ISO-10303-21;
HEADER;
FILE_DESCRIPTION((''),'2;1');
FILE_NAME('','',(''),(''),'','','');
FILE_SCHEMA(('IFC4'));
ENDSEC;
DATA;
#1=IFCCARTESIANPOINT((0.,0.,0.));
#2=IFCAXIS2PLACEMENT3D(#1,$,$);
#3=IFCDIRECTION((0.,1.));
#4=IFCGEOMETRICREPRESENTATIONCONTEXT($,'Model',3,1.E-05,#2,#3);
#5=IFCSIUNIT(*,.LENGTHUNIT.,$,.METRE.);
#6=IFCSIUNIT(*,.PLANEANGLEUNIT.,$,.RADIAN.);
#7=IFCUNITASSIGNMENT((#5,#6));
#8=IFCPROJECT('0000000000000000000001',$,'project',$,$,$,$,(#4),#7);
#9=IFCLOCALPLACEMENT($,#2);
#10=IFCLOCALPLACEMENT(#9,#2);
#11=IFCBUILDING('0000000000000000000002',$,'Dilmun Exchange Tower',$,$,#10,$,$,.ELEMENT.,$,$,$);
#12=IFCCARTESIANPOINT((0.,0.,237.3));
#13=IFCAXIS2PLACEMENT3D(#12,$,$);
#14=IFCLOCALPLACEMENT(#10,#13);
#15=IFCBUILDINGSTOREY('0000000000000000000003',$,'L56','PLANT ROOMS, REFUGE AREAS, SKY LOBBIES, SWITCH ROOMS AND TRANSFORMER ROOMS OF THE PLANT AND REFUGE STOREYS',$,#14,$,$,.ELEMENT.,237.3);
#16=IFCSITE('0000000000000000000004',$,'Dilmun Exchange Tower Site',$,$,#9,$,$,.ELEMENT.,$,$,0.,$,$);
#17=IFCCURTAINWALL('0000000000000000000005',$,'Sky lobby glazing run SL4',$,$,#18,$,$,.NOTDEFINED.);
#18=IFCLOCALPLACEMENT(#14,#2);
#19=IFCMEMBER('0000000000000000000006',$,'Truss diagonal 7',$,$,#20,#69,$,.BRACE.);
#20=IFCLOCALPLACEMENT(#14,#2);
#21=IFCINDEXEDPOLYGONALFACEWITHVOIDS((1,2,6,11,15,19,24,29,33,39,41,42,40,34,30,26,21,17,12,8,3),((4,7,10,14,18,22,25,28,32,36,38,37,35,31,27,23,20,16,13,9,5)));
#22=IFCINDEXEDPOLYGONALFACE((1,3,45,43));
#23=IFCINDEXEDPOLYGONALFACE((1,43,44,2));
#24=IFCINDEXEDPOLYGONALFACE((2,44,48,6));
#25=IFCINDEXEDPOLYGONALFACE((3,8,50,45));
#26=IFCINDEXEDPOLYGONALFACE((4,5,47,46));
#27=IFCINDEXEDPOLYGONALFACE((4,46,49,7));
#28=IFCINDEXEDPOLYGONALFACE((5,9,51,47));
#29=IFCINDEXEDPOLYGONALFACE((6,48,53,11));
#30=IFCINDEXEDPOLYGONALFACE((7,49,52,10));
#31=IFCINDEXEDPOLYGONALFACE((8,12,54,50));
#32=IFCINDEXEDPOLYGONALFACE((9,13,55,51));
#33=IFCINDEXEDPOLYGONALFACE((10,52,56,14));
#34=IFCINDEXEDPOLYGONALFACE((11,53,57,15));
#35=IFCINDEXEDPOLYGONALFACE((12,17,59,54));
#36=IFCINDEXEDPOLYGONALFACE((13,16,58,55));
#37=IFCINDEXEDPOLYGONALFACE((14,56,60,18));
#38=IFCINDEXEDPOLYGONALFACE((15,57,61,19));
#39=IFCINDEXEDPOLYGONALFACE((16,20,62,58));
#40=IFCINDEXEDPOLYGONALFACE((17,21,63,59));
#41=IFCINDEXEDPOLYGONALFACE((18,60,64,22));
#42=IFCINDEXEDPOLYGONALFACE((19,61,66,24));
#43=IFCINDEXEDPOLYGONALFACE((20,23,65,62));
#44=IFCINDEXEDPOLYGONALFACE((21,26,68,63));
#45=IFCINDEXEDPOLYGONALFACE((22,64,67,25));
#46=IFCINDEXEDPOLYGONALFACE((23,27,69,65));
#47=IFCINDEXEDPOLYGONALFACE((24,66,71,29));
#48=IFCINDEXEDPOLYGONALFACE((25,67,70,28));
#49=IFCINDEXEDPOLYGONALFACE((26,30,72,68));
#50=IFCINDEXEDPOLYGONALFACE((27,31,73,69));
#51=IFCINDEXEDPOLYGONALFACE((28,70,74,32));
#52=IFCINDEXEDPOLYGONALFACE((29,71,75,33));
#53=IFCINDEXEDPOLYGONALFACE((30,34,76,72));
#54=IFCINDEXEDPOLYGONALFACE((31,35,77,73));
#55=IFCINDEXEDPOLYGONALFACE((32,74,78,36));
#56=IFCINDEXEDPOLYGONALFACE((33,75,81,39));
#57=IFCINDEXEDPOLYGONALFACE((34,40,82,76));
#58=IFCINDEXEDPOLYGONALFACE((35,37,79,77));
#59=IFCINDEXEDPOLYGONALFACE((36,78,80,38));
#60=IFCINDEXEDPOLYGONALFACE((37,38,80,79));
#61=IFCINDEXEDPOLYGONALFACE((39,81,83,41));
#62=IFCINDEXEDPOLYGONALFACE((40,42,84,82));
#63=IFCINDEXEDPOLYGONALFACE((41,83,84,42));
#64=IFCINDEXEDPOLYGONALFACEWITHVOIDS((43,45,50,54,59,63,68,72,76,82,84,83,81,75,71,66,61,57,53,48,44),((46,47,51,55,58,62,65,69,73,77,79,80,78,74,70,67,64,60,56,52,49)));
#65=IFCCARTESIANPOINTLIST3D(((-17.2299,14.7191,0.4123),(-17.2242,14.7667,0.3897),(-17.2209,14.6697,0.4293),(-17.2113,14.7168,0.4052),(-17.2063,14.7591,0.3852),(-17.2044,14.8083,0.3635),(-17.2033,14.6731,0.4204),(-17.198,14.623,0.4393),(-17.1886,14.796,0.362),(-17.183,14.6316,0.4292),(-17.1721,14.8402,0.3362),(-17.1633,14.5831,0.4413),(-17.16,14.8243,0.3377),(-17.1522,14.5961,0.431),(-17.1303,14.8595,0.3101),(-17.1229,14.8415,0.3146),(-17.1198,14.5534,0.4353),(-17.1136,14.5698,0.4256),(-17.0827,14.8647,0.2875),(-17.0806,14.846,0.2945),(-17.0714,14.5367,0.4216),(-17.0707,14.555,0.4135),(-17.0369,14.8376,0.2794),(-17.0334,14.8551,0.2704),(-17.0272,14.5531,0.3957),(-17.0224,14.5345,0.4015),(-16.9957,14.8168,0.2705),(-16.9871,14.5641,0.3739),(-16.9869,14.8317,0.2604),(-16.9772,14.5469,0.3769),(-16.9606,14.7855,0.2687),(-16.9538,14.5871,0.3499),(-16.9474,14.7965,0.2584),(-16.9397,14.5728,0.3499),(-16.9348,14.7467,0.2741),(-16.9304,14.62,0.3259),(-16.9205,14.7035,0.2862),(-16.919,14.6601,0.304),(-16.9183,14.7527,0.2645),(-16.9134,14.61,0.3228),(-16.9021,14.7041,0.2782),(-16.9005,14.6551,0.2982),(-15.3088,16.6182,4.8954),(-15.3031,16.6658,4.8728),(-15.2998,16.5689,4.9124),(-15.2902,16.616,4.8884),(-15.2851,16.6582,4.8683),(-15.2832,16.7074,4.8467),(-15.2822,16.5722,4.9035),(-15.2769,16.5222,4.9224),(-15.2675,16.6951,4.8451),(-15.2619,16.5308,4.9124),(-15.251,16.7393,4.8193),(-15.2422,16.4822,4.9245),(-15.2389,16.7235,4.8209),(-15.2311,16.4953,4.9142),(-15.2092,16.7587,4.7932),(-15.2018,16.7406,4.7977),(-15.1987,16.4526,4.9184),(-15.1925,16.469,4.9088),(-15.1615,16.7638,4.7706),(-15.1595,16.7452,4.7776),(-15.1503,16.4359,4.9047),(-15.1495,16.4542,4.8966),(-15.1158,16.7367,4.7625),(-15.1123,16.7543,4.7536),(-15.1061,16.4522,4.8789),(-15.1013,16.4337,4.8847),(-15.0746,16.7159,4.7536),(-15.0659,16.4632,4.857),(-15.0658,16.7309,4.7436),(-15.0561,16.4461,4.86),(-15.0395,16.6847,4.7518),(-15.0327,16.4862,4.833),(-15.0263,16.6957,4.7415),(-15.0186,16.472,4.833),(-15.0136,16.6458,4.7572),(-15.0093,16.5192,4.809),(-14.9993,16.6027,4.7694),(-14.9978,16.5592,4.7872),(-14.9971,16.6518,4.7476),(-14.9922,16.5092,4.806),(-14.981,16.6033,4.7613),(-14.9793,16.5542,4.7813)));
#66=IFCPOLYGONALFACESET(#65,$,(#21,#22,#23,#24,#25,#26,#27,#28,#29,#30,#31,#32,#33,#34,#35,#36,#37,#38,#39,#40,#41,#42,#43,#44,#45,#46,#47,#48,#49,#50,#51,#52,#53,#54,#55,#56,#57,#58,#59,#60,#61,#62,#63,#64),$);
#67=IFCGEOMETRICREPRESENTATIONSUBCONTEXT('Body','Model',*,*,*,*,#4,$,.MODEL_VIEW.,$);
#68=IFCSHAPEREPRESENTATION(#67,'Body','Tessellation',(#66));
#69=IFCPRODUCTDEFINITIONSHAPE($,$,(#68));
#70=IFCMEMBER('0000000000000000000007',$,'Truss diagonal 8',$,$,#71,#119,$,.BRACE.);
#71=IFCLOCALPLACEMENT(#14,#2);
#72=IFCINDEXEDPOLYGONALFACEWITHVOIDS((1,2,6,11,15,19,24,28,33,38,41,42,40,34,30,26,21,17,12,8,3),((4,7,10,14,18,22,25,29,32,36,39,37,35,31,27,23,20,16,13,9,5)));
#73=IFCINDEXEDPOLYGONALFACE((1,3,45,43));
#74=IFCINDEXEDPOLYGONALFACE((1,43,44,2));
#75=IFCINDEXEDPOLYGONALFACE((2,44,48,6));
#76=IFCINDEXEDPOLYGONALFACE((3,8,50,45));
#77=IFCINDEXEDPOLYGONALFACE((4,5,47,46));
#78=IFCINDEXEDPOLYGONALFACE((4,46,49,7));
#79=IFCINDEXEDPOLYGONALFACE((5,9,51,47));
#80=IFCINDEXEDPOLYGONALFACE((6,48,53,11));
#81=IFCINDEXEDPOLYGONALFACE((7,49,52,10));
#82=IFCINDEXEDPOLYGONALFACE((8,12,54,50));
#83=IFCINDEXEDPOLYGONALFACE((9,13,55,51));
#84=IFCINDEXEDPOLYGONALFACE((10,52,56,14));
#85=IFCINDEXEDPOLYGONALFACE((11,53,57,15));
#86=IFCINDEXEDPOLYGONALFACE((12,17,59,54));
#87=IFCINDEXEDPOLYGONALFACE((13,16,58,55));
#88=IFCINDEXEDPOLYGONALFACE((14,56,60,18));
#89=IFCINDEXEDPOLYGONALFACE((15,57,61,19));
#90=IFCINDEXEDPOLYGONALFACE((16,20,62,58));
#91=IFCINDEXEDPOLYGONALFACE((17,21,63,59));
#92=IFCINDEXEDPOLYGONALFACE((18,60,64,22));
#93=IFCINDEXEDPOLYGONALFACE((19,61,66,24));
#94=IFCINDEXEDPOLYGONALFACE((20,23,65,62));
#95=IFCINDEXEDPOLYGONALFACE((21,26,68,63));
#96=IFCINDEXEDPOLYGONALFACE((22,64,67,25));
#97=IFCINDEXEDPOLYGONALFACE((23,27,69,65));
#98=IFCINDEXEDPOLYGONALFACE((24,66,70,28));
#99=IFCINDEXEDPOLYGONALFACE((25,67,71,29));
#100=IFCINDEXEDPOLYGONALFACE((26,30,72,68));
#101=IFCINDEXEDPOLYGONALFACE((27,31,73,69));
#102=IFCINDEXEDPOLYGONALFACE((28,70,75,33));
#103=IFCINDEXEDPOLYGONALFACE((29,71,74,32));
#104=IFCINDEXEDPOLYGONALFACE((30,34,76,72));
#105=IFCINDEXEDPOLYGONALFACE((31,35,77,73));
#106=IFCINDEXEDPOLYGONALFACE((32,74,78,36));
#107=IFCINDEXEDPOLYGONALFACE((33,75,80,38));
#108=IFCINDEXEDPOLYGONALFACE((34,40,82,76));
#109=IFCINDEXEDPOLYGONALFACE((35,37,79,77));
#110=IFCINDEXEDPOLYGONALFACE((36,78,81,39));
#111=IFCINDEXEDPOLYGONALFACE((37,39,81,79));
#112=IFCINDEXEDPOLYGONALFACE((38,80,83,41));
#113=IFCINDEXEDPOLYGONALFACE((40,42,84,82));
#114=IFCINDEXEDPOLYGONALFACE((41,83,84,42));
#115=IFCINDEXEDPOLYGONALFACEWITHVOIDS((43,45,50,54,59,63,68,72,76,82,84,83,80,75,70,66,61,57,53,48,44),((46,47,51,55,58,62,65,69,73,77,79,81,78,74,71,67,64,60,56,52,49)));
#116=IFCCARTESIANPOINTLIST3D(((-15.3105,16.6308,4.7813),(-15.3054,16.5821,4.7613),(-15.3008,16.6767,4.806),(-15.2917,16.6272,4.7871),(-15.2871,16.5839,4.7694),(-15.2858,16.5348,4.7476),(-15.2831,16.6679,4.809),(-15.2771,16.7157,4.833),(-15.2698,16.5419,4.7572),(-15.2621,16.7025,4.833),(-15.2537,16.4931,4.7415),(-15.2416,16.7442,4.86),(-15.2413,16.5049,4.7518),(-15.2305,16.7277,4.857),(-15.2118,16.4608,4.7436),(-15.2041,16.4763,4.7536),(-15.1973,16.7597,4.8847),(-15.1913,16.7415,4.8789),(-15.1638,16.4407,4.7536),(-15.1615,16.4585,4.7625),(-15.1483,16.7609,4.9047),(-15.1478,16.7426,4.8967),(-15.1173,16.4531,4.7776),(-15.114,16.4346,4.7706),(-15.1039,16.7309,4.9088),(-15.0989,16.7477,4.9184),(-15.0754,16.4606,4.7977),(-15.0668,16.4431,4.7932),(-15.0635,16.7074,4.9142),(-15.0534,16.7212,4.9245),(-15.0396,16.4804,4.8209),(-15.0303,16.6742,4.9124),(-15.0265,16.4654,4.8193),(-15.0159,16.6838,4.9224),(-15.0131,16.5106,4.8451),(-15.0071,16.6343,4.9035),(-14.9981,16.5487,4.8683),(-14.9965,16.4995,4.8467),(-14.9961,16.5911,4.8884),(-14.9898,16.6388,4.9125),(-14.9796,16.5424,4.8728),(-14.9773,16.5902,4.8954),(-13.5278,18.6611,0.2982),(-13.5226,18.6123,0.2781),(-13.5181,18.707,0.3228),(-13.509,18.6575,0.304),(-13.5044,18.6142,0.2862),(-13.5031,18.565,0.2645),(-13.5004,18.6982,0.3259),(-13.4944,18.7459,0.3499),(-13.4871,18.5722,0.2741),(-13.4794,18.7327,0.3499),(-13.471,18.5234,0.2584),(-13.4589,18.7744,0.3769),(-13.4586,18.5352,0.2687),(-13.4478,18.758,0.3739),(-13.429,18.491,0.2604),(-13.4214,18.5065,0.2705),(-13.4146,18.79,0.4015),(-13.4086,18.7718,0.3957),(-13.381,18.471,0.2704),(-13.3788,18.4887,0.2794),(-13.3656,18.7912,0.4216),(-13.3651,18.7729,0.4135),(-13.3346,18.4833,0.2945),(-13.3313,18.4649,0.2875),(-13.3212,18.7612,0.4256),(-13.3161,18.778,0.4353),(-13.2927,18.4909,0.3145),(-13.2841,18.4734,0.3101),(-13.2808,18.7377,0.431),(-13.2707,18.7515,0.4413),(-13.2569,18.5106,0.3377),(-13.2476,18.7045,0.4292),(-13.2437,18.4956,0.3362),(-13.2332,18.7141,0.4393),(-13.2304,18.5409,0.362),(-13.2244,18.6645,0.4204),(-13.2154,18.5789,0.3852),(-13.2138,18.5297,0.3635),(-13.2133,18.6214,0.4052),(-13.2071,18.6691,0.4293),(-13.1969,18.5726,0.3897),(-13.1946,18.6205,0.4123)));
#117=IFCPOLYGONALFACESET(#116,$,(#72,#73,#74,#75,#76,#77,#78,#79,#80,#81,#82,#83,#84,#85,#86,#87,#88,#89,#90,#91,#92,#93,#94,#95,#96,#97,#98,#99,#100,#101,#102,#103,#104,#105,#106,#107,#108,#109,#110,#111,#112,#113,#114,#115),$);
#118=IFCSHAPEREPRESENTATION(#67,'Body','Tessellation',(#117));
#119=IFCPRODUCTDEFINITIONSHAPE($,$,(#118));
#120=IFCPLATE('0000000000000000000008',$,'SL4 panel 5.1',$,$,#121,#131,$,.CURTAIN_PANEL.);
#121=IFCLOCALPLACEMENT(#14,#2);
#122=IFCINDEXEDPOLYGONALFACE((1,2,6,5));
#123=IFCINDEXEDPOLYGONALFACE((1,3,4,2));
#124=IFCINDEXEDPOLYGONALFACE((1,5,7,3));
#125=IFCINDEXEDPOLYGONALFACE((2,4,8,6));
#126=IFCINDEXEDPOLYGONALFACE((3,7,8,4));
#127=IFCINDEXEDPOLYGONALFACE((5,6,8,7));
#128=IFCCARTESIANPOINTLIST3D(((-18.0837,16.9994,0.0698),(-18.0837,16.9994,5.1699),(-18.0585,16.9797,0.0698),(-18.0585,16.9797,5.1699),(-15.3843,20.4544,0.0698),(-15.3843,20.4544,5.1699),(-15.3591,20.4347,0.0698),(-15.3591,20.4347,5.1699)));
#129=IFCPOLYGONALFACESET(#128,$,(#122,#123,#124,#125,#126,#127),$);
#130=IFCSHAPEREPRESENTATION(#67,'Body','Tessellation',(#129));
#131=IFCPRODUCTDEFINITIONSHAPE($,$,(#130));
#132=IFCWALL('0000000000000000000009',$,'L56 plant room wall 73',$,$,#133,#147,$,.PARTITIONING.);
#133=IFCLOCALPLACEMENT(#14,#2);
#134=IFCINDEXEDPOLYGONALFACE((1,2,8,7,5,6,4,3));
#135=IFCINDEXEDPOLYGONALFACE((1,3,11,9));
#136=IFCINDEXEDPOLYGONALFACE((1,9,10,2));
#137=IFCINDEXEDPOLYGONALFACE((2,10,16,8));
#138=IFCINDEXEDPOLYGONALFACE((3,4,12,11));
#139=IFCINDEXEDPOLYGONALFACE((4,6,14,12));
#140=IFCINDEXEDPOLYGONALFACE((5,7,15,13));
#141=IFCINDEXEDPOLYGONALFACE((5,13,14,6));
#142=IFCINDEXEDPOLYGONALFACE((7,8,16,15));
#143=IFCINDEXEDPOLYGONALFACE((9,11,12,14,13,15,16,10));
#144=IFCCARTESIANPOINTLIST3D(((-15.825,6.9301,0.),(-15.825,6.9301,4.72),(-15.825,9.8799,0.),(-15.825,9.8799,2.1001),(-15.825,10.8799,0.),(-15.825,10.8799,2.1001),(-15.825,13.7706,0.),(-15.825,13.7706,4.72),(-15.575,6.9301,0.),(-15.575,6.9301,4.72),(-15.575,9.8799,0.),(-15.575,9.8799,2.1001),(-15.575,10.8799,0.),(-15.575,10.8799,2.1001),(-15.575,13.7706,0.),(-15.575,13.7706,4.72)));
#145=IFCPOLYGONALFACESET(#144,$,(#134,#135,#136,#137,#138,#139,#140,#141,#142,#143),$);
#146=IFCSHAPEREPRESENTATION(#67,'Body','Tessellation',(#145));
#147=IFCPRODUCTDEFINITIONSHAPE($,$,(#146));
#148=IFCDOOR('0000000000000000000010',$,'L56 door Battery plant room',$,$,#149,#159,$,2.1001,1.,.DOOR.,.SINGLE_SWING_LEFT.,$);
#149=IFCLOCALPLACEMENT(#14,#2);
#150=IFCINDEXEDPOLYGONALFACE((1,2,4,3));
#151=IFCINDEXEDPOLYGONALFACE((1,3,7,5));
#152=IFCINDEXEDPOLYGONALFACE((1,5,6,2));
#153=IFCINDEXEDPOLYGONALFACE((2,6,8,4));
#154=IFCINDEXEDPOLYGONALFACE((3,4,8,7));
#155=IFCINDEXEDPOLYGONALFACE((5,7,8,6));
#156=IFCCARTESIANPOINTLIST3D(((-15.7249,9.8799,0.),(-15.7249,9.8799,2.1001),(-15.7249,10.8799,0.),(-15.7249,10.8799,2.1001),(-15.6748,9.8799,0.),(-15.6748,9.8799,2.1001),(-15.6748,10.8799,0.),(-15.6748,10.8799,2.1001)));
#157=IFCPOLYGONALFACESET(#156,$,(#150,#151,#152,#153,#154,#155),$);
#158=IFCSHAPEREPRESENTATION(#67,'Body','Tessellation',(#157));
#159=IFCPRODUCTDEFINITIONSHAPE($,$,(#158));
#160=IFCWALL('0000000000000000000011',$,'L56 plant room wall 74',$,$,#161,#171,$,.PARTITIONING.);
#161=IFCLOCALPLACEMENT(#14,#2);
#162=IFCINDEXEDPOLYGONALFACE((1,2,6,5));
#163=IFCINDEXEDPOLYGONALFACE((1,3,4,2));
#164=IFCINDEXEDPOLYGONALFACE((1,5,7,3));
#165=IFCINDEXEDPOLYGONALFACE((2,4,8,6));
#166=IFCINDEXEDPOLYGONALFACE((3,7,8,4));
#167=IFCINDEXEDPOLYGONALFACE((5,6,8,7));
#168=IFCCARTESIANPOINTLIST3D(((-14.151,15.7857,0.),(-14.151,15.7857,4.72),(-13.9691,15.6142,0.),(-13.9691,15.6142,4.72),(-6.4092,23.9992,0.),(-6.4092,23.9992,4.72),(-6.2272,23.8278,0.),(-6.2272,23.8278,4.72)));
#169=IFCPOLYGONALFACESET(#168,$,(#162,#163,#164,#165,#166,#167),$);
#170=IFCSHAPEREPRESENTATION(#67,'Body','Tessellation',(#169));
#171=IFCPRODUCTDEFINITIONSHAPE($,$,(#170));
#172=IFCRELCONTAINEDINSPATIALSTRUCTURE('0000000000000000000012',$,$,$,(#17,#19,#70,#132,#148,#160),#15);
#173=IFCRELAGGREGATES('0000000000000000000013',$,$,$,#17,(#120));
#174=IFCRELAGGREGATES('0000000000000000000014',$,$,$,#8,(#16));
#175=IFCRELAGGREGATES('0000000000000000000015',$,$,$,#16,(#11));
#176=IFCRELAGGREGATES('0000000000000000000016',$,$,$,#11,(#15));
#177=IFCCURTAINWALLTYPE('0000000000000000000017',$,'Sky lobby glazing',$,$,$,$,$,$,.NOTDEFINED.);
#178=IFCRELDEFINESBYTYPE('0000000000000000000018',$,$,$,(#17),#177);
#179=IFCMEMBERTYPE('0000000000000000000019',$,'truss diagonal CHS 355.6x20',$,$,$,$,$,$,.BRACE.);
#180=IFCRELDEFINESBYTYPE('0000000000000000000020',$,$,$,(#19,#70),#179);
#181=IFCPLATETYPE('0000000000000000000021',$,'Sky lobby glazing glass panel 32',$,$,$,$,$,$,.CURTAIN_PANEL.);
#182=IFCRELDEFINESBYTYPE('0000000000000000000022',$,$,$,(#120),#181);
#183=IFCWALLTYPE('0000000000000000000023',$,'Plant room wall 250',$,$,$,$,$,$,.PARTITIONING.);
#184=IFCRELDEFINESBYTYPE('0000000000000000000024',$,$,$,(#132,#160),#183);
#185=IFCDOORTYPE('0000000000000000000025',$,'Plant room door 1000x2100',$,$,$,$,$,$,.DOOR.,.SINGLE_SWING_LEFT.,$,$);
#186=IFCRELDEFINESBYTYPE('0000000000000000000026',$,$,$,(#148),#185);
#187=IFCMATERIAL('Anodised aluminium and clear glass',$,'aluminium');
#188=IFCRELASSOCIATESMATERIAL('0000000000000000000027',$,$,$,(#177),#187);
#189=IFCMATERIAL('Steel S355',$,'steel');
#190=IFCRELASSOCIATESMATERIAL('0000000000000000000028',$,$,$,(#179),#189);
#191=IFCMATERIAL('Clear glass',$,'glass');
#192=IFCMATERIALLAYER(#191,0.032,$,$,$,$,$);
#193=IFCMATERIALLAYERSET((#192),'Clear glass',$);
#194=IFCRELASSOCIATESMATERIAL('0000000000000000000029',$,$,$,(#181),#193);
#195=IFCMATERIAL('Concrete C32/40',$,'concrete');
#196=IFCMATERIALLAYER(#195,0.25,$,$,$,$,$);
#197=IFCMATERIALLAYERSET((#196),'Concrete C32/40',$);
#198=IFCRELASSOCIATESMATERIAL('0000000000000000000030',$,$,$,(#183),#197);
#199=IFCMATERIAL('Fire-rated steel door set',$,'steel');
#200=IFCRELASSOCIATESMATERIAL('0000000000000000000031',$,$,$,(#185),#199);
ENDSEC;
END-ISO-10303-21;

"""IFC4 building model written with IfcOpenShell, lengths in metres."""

from ifc_helpers import new_model, si_unit, direction, frame, frame_2d, origin, origin_2d, place, context, subcontext, project, spatial, rectangle, hollow_circle, extrude, material, layer, layer_set, material_profile, profile_set, type_object, element, fill, aggregate, save


model = new_model("IFC4")

# Units and contexts
model_context = context("Model", 3, precision=1e-05, world=origin(), true_north=direction((0.0, 1.0)))
body_context = subcontext(model_context, "Body", "Model", "MODEL_VIEW")
ifc_project = project(units=[si_unit("LENGTHUNIT", "METRE"), si_unit("PLANEANGLEUNIT", "RADIAN")], contexts=[model_context])

# Site, building, storey
site_placement = place(None, origin())
site = spatial("IfcSite", under=ifc_project, at=site_placement, Name="Dilmun Exchange Tower Site", CompositionType="ELEMENT", RefElevation=0.0)
building_placement = place(site_placement, origin())
building = spatial("IfcBuilding", under=site, at=building_placement, Name="Dilmun Exchange Tower", CompositionType="ELEMENT")
storey_placement = place(building_placement, frame((0.0, 0.0, 237.3)))
storey = spatial("IfcBuildingStorey", under=building, at=storey_placement, Name="L56", Description="PLANT ROOMS, REFUGE AREAS, SKY LOBBIES, SWITCH ROOMS AND TRANSFORMER ROOMS OF THE PLANT AND REFUGE STOREYS", CompositionType="ELEMENT", Elevation=237.3)

# Curtain wall
ifc_material_1 = material(Name="Anodised aluminium and clear glass", Category="aluminium")
curtain_wall_type = type_object("IfcCurtainWallType", Name="Sky lobby glazing", PredefinedType="NOTDEFINED", material=ifc_material_1)
curtain_wall_placement = place(storey_placement, origin())
curtain_wall = element("IfcCurtainWall", 1, at=curtain_wall_placement, inside=storey, type_object=curtain_wall_type, Name="Sky lobby glazing run SL4", PredefinedType="NOTDEFINED")

# Shared definitions
ifc_material_2 = material(Name="Steel S355", Category="steel")

# Members
ifc_material_profile_1 = material_profile(ifc_material_2, hollow_circle(Radius=0.1777, WallThickness=0.02, at=origin_2d()), Name="CHS 355.6x20")
ifc_profile_set_1 = profile_set([ifc_material_profile_1], Name="Steel S355")
member_type_1 = type_object("IfcMemberType", Name="truss diagonal CHS 355.6x20", PredefinedType="BRACE", material=ifc_profile_set_1)
member_1_placement = place(storey_placement, frame((-15.1436, 16.5984, 4.833), z_axis=(-0.36704, -0.362842, -0.85652), x_axis=(0.703028, -0.711162, 0.0)))
element("IfcMember", 2, at=member_1_placement, inside=storey, type_object=member_type_1, Name="Truss diagonal 7", PredefinedType="BRACE", context=body_context, shape_type="SweptSolid", body=[
    extrude(hollow_circle(Radius=0.1777, WallThickness=0.02, at=origin_2d()), origin(), (0.0, 0.0, 1.0), 5.2341),
])
member_2_placement = place(storey_placement, frame((-15.1436, 16.5984, 4.833), z_axis=(0.340578, 0.387873, -0.856482), x_axis=(-0.751434, 0.659809, 0.0)))
element("IfcMember", 3, at=member_2_placement, inside=storey, type_object=member_type_1, Name="Truss diagonal 8", PredefinedType="BRACE", context=body_context, shape_type="SweptSolid", body=[
    extrude(hollow_circle(Radius=0.1777, WallThickness=0.02, at=origin_2d()), origin(), (0.0, 0.0, 1.0), 5.2344),
])

# Plate
ifc_material_3 = material(Name="Clear glass", Category="glass")
ifc_layer_1 = layer(ifc_material_3, 0.032)
ifc_layer_set_1 = layer_set([ifc_layer_1], Name="Clear glass")
plate_type = type_object("IfcPlateType", Name="Sky lobby glazing glass panel 32", PredefinedType="CURTAIN_PANEL", material=ifc_layer_set_1)
plate_placement = place(storey_placement, frame((-16.7214, 18.717, 0.0698), z_axis=(0.0, 0.0, 1.0), x_axis=(-0.615662, -0.788011, 0.0)))
plate = element("IfcPlate", 4, at=plate_placement, type_object=plate_type, Name="SL4 panel 5.1", PredefinedType="CURTAIN_PANEL", context=body_context, shape_type="SweptSolid", body=[
    extrude(rectangle(XDim=4.3845, YDim=0.032, at=origin_2d()), origin(), (0.0, 0.0, 1.0), 5.1001),
])
aggregate(curtain_wall, [plate])

# Shared definitions
ifc_material_4 = material(Name="Fire-rated steel door set", Category="steel")

# Wall, opening, door
ifc_material_5 = material(Name="Concrete C32/40", Category="concrete")
ifc_layer_2 = layer(ifc_material_5, 0.25)
ifc_layer_set_2 = layer_set([ifc_layer_2], Name="Concrete C32/40")
wall_type_1 = type_object("IfcWallType", Name="Plant room wall 250", PredefinedType="PARTITIONING", material=ifc_layer_set_2)
wall_1_placement = place(storey_placement, frame((-15.7, 6.9299, 0.0), z_axis=(0.0, 0.0, 1.0), x_axis=(0.0, 1.0, 0.0)))
wall_1 = element("IfcWall", 5, at=wall_1_placement, inside=storey, type_object=wall_type_1, Name="L56 plant room wall 73", PredefinedType="PARTITIONING", context=body_context, shape_type="SweptSolid", body=[
    extrude(rectangle(XDim=6.8406, YDim=0.25, at=frame_2d((3.4204, 0.0))), origin(), (0.0, 0.0, 1.0), 4.72),
])
opening_1_placement = place(wall_1_placement, frame((2.95, 0.0, 0.0)))
opening_1 = element("IfcOpeningElement", 6, at=opening_1_placement, cuts=wall_1, PredefinedType="OPENING", context=body_context, shape_type="SweptSolid", body=[
    extrude(rectangle(XDim=1.0, YDim=2.1001, at=frame_2d((0.5, 1.05))), frame((0.0, 0.135, 0.0), z_axis=(0.0, -1.0, 0.0), x_axis=(1.0, 0.0, 0.0)), (0.0, 0.0, 1.0), 0.27),
])
door_type_1 = type_object("IfcDoorType", Name="Plant room door 1000x2100", OperationType="SINGLE_SWING_LEFT", PredefinedType="DOOR", material=ifc_material_4)
door_1_placement = place(opening_1_placement, origin())
door_1 = element("IfcDoor", 7, at=door_1_placement, inside=storey, type_object=door_type_1, Name="L56 door Battery plant room", OperationType="SINGLE_SWING_LEFT", OverallHeight=2.1001, OverallWidth=1.0, PredefinedType="DOOR", context=body_context, shape_type="SweptSolid", body=[
    extrude(rectangle(XDim=1.0, YDim=2.1001, at=frame_2d((0.5, 1.05))), frame((0.0, 0.0249, 0.0), z_axis=(0.0, -1.0, 0.0), x_axis=(1.0, 0.0, 0.0)), (0.0, 0.0, 1.0), 0.05),
])
fill(opening_1, door_1)

# Wall
wall_2_placement = place(storey_placement, frame((-14.0601, 15.7, 0.0), z_axis=(0.0, 0.0, 1.0), x_axis=(0.685904, 0.727692, 0.0)))
element("IfcWall", 8, at=wall_2_placement, inside=storey, type_object=wall_type_1, Name="L56 plant room wall 74", PredefinedType="PARTITIONING", context=body_context, shape_type="SweptSolid", body=[
    extrude(rectangle(XDim=11.2871, YDim=0.25, at=frame_2d((5.6436, 0.0))), origin(), (0.0, 0.0, 1.0), 4.72),
])

save(model, "model.ifc")
